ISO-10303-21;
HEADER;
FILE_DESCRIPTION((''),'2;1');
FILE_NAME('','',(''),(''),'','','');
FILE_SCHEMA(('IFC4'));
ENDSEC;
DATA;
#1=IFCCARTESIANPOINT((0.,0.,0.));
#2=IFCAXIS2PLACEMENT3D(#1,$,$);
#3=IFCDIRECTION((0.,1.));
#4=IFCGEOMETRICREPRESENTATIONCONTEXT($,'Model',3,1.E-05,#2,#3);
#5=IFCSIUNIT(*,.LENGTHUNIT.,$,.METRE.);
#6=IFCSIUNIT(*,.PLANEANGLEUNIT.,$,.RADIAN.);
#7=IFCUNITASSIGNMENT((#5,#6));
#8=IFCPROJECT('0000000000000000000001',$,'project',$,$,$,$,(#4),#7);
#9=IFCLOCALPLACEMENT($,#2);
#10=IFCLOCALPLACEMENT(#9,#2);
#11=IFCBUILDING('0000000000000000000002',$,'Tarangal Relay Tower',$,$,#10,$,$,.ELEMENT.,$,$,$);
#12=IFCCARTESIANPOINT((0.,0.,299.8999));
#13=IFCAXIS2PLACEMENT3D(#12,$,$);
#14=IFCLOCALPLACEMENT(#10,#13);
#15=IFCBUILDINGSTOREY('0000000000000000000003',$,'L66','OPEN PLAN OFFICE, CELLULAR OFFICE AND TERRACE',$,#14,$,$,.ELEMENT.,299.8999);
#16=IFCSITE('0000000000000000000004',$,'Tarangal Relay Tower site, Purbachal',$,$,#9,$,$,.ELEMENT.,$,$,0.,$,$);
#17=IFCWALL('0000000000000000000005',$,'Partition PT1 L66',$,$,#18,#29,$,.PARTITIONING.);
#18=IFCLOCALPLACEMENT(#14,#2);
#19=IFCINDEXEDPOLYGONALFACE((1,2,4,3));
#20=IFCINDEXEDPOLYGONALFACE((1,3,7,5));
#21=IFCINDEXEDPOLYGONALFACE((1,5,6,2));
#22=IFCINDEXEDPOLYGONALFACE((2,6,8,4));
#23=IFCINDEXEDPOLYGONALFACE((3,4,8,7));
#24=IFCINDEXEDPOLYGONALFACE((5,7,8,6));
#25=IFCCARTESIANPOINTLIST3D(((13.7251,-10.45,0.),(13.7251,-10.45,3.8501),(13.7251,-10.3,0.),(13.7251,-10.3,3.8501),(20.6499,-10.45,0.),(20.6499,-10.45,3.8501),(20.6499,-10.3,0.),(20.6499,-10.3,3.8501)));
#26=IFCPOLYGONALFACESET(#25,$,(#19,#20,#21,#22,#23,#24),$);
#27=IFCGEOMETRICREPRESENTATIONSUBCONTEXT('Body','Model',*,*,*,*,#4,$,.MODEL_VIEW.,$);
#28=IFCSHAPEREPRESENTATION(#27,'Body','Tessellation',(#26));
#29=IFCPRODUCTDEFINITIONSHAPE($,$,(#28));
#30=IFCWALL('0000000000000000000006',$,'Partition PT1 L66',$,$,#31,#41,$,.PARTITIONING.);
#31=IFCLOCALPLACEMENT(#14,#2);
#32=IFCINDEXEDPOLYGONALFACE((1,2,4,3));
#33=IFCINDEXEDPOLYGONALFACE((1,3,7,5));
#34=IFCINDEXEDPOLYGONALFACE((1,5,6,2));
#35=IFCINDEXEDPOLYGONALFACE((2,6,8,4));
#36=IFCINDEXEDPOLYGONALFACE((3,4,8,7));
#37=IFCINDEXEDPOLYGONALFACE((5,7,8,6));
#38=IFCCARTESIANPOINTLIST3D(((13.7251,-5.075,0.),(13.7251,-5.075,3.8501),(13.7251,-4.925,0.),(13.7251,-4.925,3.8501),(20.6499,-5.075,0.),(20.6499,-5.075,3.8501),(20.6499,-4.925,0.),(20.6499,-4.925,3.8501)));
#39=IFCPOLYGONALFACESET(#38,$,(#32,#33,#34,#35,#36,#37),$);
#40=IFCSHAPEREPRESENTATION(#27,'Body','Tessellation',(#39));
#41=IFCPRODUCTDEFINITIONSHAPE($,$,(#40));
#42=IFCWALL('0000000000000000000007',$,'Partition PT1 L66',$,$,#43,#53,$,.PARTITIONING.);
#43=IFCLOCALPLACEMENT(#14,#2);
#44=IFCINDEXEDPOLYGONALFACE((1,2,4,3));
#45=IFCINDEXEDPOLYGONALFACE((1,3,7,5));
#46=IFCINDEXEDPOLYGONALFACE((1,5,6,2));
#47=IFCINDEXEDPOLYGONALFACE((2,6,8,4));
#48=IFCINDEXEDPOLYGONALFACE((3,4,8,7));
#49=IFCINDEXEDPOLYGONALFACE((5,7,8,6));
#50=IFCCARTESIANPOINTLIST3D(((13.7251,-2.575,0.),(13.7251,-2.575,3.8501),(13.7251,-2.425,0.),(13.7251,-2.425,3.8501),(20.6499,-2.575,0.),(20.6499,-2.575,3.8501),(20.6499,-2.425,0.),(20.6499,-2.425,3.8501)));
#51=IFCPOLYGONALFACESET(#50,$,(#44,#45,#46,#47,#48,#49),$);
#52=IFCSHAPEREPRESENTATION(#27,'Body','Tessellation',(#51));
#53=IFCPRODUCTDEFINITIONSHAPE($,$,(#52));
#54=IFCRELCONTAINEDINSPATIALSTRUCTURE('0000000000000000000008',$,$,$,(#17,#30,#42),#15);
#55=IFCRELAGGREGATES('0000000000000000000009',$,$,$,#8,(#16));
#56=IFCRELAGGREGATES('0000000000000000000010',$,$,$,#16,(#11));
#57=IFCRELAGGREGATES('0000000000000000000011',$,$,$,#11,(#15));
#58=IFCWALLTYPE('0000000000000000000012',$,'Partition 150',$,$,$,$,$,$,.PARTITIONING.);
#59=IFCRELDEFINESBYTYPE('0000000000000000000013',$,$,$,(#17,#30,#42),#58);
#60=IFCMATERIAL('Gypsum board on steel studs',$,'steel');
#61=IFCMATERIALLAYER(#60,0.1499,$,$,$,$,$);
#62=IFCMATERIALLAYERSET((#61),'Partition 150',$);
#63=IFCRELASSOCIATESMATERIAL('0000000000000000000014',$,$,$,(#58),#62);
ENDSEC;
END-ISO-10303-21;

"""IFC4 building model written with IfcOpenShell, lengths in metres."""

from ifc_helpers import new_model, si_unit, direction, frame, frame_2d, origin, place, context, subcontext, project, spatial, rectangle, extrude, material, layer, layer_set, type_object, element, save


model = new_model("IFC4")

# Units and contexts
model_context = context("Model", 3, precision=1e-05, world=origin(), true_north=direction((0.0, 1.0)))
body_context = subcontext(model_context, "Body", "Model", "MODEL_VIEW")
ifc_project = project(units=[si_unit("LENGTHUNIT", "METRE"), si_unit("PLANEANGLEUNIT", "RADIAN")], contexts=[model_context])

# Site, building, storey
site_placement = place(None, origin())
site = spatial("IfcSite", under=ifc_project, at=site_placement, Name="Tarangal Relay Tower site, Purbachal", CompositionType="ELEMENT", RefElevation=0.0)
building_placement = place(site_placement, origin())
building = spatial("IfcBuilding", under=site, at=building_placement, Name="Tarangal Relay Tower", CompositionType="ELEMENT")
storey_placement = place(building_placement, frame((0.0, 0.0, 299.8999)))
storey = spatial("IfcBuildingStorey", under=building, at=storey_placement, Name="L66", Description="OPEN PLAN OFFICE, CELLULAR OFFICE AND TERRACE", CompositionType="ELEMENT", Elevation=299.8999)

# Walls
ifc_material_1 = material(Name="Gypsum board on steel studs", Category="steel")
ifc_layer_1 = layer(ifc_material_1, 0.1499)
ifc_layer_set_1 = layer_set([ifc_layer_1], Name="Partition 150")
wall_type_1 = type_object("IfcWallType", Name="Partition 150", PredefinedType="PARTITIONING", material=ifc_layer_set_1)
for number, where, z_axis, x_axis, name in (
    (1, (13.7251, -10.375, 0.0), (0.0, 0.0, 1.0), (1.0, 0.0, 0.0), "Partition PT1 L66"),
    (2, (13.7251, -5.0, 0.0), (0.0, 0.0, 1.0), (1.0, 0.0, 0.0), "Partition PT1 L66"),
    (3, (13.7251, -2.5, 0.0), (0.0, 0.0, 1.0), (1.0, 0.0, 0.0), "Partition PT1 L66"),
):
    element("IfcWall", number, at=place(storey_placement, frame(where, z_axis=z_axis, x_axis=x_axis)), inside=storey, type_object=wall_type_1, Name=name, PredefinedType="PARTITIONING", context=body_context, shape_type="SweptSolid", body=[
        extrude(rectangle(XDim=6.9248, YDim=0.1499, at=frame_2d((3.4624, 0.0))), origin(), (0.0, 0.0, 1.0), 3.8501),
    ])

save(model, "model.ifc")
